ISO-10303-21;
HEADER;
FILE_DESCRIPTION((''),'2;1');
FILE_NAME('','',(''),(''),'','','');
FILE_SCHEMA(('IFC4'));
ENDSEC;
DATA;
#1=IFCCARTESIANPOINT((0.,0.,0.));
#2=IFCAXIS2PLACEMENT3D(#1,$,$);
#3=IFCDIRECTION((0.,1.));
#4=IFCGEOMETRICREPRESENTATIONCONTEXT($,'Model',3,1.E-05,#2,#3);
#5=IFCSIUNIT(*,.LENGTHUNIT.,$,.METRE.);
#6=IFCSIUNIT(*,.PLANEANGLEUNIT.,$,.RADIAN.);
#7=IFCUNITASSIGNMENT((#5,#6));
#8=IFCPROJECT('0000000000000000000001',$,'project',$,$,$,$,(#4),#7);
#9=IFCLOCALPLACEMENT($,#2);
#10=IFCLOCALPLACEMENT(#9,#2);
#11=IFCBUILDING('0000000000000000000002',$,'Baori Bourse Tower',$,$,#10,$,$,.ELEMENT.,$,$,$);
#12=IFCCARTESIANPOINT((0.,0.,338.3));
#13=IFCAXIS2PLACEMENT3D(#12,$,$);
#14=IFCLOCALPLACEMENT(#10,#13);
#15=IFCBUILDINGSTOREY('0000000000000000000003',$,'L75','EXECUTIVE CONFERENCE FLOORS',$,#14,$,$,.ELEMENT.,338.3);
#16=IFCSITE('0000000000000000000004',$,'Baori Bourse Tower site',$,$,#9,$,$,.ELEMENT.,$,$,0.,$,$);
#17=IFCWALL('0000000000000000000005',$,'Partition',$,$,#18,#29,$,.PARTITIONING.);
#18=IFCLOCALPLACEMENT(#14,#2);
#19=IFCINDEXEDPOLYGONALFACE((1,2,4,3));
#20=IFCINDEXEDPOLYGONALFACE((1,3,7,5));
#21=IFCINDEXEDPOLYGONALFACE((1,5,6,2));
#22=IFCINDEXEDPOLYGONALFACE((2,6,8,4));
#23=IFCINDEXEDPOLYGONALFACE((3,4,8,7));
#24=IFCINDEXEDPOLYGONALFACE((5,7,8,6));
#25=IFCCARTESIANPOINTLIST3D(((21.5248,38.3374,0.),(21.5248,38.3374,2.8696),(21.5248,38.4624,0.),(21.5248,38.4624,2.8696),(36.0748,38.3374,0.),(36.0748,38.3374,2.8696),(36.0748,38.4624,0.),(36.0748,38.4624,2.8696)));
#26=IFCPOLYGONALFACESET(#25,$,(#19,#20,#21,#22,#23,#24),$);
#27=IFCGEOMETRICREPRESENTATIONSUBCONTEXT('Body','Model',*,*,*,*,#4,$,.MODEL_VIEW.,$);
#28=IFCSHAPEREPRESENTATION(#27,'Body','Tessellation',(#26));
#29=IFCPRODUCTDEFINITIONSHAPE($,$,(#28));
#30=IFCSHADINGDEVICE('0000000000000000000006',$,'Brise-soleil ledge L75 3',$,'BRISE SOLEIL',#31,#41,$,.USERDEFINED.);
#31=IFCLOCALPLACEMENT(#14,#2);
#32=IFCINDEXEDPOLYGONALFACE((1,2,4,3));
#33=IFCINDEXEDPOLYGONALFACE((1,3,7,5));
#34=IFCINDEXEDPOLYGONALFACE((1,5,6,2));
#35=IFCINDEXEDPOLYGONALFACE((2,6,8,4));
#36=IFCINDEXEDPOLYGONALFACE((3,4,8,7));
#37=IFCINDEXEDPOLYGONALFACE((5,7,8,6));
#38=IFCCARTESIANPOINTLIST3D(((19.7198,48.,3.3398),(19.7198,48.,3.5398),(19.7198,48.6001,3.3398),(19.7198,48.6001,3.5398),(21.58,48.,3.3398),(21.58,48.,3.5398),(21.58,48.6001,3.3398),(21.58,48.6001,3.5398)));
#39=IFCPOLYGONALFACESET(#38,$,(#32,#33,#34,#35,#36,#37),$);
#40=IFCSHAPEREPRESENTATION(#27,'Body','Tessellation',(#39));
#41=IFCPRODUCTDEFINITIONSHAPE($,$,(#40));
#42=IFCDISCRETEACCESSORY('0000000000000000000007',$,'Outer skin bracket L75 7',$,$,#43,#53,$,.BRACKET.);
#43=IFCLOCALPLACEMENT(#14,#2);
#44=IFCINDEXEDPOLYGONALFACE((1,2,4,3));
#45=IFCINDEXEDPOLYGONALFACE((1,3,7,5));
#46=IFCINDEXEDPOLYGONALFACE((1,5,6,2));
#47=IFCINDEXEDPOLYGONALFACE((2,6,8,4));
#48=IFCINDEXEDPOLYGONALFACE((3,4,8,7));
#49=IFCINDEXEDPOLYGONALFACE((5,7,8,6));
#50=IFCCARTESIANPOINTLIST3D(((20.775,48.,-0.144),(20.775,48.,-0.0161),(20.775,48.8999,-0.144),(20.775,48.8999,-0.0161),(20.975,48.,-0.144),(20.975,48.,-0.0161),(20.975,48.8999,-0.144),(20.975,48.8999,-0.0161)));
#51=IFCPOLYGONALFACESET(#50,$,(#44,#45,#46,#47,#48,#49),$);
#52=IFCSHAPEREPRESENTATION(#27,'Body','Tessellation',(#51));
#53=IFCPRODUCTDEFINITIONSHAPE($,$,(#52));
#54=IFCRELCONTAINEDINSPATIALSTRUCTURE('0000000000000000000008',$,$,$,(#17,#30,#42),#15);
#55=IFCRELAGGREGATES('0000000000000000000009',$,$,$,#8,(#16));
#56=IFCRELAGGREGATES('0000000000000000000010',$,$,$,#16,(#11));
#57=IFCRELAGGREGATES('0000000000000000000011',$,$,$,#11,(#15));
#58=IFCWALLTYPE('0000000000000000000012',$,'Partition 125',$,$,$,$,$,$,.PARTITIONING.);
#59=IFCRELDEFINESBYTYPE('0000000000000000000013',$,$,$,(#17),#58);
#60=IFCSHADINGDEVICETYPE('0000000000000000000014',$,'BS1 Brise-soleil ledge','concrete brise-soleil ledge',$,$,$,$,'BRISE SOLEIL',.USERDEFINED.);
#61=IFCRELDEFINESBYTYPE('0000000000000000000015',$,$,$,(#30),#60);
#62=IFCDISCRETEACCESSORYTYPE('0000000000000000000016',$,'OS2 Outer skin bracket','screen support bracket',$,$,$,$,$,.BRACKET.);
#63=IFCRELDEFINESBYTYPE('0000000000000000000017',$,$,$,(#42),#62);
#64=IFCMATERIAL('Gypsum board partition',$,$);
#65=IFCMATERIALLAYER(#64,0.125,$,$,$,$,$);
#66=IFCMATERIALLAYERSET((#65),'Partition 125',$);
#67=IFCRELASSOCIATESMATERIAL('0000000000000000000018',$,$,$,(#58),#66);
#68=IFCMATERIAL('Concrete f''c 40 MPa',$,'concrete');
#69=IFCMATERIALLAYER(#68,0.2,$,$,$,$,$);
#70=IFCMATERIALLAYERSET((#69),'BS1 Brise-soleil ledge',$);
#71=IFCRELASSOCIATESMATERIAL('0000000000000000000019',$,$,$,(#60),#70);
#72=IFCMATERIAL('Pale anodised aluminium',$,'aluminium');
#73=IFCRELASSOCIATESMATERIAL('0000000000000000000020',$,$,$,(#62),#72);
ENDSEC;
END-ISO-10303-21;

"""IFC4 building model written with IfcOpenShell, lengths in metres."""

from ifc_helpers import new_model, si_unit, direction, frame, frame_2d, origin, origin_2d, place, context, subcontext, project, spatial, rectangle, extrude, material, layer, layer_set, type_object, element, save


model = new_model("IFC4")

# Units and contexts
model_context = context("Model", 3, precision=1e-05, world=origin(), true_north=direction((0.0, 1.0)))
body_context = subcontext(model_context, "Body", "Model", "MODEL_VIEW")
ifc_project = project(units=[si_unit("LENGTHUNIT", "METRE"), si_unit("PLANEANGLEUNIT", "RADIAN")], contexts=[model_context])

# Site, building, storey
site_placement = place(None, origin())
site = spatial("IfcSite", under=ifc_project, at=site_placement, Name="Baori Bourse Tower site", CompositionType="ELEMENT", RefElevation=0.0)
building_placement = place(site_placement, origin())
building = spatial("IfcBuilding", under=site, at=building_placement, Name="Baori Bourse Tower", CompositionType="ELEMENT")
storey_placement = place(building_placement, frame((0.0, 0.0, 338.3)))
storey = spatial("IfcBuildingStorey", under=building, at=storey_placement, Name="L75", Description="EXECUTIVE CONFERENCE FLOORS", CompositionType="ELEMENT", Elevation=338.3)

# Wall
ifc_material_1 = material(Name="Gypsum board partition")
ifc_layer_1 = layer(ifc_material_1, 0.125)
ifc_layer_set_1 = layer_set([ifc_layer_1], Name="Partition 125")
wall_type_1 = type_object("IfcWallType", Name="Partition 125", PredefinedType="PARTITIONING", material=ifc_layer_set_1)
wall_1_placement = place(storey_placement, frame((21.5249, 38.3999, 0.0), z_axis=(0.0, 0.0, 1.0), x_axis=(1.0, 0.0, 0.0)))
element("IfcWall", 1, at=wall_1_placement, inside=storey, type_object=wall_type_1, Name="Partition", PredefinedType="PARTITIONING", context=body_context, shape_type="SweptSolid", body=[
    extrude(rectangle(XDim=14.55, YDim=0.125, at=frame_2d((7.2749, 0.0))), origin(), (0.0, 0.0, 1.0), 2.8696),
])

# Shading device
ifc_material_2 = material(Name="Concrete f'c 40 MPa", Category="concrete")
ifc_layer_2 = layer(ifc_material_2, 0.2)
ifc_layer_set_2 = layer_set([ifc_layer_2], Name="BS1 Brise-soleil ledge")
shading_device_type = type_object("IfcShadingDeviceType", Name="BS1 Brise-soleil ledge", Description="concrete brise-soleil ledge", ElementType="BRISE SOLEIL", PredefinedType="USERDEFINED", material=ifc_layer_set_2)
shading_device_placement = place(storey_placement, frame((20.6499, 48.3, 3.3398), z_axis=(0.0, 0.0, 1.0), x_axis=(-1.0, 0.0, 0.0)))
element("IfcShadingDevice", 2, at=shading_device_placement, inside=storey, type_object=shading_device_type, Name="Brise-soleil ledge L75 3", ObjectType="BRISE SOLEIL", PredefinedType="USERDEFINED", context=body_context, shape_type="SweptSolid", body=[
    extrude(rectangle(XDim=1.8601, YDim=0.6001, at=origin_2d()), origin(), (0.0, 0.0, 1.0), 0.2),
])

# Discrete accessory
ifc_material_3 = material(Name="Pale anodised aluminium", Category="aluminium")
discrete_accessory_type = type_object("IfcDiscreteAccessoryType", Name="OS2 Outer skin bracket", Description="screen support bracket", PredefinedType="BRACKET", material=ifc_material_3)
discrete_accessory_placement = place(storey_placement, frame((20.875, 48.45, -0.144), z_axis=(0.0, 0.0, 1.0), x_axis=(-1.0, 0.0, 0.0)))
element("IfcDiscreteAccessory", 3, at=discrete_accessory_placement, inside=storey, type_object=discrete_accessory_type, Name="Outer skin bracket L75 7", PredefinedType="BRACKET", context=body_context, shape_type="SweptSolid", body=[
    extrude(rectangle(XDim=0.2, YDim=0.8999, at=origin_2d()), origin(), (0.0, 0.0, 1.0), 0.1279),
])

save(model, "model.ifc")
